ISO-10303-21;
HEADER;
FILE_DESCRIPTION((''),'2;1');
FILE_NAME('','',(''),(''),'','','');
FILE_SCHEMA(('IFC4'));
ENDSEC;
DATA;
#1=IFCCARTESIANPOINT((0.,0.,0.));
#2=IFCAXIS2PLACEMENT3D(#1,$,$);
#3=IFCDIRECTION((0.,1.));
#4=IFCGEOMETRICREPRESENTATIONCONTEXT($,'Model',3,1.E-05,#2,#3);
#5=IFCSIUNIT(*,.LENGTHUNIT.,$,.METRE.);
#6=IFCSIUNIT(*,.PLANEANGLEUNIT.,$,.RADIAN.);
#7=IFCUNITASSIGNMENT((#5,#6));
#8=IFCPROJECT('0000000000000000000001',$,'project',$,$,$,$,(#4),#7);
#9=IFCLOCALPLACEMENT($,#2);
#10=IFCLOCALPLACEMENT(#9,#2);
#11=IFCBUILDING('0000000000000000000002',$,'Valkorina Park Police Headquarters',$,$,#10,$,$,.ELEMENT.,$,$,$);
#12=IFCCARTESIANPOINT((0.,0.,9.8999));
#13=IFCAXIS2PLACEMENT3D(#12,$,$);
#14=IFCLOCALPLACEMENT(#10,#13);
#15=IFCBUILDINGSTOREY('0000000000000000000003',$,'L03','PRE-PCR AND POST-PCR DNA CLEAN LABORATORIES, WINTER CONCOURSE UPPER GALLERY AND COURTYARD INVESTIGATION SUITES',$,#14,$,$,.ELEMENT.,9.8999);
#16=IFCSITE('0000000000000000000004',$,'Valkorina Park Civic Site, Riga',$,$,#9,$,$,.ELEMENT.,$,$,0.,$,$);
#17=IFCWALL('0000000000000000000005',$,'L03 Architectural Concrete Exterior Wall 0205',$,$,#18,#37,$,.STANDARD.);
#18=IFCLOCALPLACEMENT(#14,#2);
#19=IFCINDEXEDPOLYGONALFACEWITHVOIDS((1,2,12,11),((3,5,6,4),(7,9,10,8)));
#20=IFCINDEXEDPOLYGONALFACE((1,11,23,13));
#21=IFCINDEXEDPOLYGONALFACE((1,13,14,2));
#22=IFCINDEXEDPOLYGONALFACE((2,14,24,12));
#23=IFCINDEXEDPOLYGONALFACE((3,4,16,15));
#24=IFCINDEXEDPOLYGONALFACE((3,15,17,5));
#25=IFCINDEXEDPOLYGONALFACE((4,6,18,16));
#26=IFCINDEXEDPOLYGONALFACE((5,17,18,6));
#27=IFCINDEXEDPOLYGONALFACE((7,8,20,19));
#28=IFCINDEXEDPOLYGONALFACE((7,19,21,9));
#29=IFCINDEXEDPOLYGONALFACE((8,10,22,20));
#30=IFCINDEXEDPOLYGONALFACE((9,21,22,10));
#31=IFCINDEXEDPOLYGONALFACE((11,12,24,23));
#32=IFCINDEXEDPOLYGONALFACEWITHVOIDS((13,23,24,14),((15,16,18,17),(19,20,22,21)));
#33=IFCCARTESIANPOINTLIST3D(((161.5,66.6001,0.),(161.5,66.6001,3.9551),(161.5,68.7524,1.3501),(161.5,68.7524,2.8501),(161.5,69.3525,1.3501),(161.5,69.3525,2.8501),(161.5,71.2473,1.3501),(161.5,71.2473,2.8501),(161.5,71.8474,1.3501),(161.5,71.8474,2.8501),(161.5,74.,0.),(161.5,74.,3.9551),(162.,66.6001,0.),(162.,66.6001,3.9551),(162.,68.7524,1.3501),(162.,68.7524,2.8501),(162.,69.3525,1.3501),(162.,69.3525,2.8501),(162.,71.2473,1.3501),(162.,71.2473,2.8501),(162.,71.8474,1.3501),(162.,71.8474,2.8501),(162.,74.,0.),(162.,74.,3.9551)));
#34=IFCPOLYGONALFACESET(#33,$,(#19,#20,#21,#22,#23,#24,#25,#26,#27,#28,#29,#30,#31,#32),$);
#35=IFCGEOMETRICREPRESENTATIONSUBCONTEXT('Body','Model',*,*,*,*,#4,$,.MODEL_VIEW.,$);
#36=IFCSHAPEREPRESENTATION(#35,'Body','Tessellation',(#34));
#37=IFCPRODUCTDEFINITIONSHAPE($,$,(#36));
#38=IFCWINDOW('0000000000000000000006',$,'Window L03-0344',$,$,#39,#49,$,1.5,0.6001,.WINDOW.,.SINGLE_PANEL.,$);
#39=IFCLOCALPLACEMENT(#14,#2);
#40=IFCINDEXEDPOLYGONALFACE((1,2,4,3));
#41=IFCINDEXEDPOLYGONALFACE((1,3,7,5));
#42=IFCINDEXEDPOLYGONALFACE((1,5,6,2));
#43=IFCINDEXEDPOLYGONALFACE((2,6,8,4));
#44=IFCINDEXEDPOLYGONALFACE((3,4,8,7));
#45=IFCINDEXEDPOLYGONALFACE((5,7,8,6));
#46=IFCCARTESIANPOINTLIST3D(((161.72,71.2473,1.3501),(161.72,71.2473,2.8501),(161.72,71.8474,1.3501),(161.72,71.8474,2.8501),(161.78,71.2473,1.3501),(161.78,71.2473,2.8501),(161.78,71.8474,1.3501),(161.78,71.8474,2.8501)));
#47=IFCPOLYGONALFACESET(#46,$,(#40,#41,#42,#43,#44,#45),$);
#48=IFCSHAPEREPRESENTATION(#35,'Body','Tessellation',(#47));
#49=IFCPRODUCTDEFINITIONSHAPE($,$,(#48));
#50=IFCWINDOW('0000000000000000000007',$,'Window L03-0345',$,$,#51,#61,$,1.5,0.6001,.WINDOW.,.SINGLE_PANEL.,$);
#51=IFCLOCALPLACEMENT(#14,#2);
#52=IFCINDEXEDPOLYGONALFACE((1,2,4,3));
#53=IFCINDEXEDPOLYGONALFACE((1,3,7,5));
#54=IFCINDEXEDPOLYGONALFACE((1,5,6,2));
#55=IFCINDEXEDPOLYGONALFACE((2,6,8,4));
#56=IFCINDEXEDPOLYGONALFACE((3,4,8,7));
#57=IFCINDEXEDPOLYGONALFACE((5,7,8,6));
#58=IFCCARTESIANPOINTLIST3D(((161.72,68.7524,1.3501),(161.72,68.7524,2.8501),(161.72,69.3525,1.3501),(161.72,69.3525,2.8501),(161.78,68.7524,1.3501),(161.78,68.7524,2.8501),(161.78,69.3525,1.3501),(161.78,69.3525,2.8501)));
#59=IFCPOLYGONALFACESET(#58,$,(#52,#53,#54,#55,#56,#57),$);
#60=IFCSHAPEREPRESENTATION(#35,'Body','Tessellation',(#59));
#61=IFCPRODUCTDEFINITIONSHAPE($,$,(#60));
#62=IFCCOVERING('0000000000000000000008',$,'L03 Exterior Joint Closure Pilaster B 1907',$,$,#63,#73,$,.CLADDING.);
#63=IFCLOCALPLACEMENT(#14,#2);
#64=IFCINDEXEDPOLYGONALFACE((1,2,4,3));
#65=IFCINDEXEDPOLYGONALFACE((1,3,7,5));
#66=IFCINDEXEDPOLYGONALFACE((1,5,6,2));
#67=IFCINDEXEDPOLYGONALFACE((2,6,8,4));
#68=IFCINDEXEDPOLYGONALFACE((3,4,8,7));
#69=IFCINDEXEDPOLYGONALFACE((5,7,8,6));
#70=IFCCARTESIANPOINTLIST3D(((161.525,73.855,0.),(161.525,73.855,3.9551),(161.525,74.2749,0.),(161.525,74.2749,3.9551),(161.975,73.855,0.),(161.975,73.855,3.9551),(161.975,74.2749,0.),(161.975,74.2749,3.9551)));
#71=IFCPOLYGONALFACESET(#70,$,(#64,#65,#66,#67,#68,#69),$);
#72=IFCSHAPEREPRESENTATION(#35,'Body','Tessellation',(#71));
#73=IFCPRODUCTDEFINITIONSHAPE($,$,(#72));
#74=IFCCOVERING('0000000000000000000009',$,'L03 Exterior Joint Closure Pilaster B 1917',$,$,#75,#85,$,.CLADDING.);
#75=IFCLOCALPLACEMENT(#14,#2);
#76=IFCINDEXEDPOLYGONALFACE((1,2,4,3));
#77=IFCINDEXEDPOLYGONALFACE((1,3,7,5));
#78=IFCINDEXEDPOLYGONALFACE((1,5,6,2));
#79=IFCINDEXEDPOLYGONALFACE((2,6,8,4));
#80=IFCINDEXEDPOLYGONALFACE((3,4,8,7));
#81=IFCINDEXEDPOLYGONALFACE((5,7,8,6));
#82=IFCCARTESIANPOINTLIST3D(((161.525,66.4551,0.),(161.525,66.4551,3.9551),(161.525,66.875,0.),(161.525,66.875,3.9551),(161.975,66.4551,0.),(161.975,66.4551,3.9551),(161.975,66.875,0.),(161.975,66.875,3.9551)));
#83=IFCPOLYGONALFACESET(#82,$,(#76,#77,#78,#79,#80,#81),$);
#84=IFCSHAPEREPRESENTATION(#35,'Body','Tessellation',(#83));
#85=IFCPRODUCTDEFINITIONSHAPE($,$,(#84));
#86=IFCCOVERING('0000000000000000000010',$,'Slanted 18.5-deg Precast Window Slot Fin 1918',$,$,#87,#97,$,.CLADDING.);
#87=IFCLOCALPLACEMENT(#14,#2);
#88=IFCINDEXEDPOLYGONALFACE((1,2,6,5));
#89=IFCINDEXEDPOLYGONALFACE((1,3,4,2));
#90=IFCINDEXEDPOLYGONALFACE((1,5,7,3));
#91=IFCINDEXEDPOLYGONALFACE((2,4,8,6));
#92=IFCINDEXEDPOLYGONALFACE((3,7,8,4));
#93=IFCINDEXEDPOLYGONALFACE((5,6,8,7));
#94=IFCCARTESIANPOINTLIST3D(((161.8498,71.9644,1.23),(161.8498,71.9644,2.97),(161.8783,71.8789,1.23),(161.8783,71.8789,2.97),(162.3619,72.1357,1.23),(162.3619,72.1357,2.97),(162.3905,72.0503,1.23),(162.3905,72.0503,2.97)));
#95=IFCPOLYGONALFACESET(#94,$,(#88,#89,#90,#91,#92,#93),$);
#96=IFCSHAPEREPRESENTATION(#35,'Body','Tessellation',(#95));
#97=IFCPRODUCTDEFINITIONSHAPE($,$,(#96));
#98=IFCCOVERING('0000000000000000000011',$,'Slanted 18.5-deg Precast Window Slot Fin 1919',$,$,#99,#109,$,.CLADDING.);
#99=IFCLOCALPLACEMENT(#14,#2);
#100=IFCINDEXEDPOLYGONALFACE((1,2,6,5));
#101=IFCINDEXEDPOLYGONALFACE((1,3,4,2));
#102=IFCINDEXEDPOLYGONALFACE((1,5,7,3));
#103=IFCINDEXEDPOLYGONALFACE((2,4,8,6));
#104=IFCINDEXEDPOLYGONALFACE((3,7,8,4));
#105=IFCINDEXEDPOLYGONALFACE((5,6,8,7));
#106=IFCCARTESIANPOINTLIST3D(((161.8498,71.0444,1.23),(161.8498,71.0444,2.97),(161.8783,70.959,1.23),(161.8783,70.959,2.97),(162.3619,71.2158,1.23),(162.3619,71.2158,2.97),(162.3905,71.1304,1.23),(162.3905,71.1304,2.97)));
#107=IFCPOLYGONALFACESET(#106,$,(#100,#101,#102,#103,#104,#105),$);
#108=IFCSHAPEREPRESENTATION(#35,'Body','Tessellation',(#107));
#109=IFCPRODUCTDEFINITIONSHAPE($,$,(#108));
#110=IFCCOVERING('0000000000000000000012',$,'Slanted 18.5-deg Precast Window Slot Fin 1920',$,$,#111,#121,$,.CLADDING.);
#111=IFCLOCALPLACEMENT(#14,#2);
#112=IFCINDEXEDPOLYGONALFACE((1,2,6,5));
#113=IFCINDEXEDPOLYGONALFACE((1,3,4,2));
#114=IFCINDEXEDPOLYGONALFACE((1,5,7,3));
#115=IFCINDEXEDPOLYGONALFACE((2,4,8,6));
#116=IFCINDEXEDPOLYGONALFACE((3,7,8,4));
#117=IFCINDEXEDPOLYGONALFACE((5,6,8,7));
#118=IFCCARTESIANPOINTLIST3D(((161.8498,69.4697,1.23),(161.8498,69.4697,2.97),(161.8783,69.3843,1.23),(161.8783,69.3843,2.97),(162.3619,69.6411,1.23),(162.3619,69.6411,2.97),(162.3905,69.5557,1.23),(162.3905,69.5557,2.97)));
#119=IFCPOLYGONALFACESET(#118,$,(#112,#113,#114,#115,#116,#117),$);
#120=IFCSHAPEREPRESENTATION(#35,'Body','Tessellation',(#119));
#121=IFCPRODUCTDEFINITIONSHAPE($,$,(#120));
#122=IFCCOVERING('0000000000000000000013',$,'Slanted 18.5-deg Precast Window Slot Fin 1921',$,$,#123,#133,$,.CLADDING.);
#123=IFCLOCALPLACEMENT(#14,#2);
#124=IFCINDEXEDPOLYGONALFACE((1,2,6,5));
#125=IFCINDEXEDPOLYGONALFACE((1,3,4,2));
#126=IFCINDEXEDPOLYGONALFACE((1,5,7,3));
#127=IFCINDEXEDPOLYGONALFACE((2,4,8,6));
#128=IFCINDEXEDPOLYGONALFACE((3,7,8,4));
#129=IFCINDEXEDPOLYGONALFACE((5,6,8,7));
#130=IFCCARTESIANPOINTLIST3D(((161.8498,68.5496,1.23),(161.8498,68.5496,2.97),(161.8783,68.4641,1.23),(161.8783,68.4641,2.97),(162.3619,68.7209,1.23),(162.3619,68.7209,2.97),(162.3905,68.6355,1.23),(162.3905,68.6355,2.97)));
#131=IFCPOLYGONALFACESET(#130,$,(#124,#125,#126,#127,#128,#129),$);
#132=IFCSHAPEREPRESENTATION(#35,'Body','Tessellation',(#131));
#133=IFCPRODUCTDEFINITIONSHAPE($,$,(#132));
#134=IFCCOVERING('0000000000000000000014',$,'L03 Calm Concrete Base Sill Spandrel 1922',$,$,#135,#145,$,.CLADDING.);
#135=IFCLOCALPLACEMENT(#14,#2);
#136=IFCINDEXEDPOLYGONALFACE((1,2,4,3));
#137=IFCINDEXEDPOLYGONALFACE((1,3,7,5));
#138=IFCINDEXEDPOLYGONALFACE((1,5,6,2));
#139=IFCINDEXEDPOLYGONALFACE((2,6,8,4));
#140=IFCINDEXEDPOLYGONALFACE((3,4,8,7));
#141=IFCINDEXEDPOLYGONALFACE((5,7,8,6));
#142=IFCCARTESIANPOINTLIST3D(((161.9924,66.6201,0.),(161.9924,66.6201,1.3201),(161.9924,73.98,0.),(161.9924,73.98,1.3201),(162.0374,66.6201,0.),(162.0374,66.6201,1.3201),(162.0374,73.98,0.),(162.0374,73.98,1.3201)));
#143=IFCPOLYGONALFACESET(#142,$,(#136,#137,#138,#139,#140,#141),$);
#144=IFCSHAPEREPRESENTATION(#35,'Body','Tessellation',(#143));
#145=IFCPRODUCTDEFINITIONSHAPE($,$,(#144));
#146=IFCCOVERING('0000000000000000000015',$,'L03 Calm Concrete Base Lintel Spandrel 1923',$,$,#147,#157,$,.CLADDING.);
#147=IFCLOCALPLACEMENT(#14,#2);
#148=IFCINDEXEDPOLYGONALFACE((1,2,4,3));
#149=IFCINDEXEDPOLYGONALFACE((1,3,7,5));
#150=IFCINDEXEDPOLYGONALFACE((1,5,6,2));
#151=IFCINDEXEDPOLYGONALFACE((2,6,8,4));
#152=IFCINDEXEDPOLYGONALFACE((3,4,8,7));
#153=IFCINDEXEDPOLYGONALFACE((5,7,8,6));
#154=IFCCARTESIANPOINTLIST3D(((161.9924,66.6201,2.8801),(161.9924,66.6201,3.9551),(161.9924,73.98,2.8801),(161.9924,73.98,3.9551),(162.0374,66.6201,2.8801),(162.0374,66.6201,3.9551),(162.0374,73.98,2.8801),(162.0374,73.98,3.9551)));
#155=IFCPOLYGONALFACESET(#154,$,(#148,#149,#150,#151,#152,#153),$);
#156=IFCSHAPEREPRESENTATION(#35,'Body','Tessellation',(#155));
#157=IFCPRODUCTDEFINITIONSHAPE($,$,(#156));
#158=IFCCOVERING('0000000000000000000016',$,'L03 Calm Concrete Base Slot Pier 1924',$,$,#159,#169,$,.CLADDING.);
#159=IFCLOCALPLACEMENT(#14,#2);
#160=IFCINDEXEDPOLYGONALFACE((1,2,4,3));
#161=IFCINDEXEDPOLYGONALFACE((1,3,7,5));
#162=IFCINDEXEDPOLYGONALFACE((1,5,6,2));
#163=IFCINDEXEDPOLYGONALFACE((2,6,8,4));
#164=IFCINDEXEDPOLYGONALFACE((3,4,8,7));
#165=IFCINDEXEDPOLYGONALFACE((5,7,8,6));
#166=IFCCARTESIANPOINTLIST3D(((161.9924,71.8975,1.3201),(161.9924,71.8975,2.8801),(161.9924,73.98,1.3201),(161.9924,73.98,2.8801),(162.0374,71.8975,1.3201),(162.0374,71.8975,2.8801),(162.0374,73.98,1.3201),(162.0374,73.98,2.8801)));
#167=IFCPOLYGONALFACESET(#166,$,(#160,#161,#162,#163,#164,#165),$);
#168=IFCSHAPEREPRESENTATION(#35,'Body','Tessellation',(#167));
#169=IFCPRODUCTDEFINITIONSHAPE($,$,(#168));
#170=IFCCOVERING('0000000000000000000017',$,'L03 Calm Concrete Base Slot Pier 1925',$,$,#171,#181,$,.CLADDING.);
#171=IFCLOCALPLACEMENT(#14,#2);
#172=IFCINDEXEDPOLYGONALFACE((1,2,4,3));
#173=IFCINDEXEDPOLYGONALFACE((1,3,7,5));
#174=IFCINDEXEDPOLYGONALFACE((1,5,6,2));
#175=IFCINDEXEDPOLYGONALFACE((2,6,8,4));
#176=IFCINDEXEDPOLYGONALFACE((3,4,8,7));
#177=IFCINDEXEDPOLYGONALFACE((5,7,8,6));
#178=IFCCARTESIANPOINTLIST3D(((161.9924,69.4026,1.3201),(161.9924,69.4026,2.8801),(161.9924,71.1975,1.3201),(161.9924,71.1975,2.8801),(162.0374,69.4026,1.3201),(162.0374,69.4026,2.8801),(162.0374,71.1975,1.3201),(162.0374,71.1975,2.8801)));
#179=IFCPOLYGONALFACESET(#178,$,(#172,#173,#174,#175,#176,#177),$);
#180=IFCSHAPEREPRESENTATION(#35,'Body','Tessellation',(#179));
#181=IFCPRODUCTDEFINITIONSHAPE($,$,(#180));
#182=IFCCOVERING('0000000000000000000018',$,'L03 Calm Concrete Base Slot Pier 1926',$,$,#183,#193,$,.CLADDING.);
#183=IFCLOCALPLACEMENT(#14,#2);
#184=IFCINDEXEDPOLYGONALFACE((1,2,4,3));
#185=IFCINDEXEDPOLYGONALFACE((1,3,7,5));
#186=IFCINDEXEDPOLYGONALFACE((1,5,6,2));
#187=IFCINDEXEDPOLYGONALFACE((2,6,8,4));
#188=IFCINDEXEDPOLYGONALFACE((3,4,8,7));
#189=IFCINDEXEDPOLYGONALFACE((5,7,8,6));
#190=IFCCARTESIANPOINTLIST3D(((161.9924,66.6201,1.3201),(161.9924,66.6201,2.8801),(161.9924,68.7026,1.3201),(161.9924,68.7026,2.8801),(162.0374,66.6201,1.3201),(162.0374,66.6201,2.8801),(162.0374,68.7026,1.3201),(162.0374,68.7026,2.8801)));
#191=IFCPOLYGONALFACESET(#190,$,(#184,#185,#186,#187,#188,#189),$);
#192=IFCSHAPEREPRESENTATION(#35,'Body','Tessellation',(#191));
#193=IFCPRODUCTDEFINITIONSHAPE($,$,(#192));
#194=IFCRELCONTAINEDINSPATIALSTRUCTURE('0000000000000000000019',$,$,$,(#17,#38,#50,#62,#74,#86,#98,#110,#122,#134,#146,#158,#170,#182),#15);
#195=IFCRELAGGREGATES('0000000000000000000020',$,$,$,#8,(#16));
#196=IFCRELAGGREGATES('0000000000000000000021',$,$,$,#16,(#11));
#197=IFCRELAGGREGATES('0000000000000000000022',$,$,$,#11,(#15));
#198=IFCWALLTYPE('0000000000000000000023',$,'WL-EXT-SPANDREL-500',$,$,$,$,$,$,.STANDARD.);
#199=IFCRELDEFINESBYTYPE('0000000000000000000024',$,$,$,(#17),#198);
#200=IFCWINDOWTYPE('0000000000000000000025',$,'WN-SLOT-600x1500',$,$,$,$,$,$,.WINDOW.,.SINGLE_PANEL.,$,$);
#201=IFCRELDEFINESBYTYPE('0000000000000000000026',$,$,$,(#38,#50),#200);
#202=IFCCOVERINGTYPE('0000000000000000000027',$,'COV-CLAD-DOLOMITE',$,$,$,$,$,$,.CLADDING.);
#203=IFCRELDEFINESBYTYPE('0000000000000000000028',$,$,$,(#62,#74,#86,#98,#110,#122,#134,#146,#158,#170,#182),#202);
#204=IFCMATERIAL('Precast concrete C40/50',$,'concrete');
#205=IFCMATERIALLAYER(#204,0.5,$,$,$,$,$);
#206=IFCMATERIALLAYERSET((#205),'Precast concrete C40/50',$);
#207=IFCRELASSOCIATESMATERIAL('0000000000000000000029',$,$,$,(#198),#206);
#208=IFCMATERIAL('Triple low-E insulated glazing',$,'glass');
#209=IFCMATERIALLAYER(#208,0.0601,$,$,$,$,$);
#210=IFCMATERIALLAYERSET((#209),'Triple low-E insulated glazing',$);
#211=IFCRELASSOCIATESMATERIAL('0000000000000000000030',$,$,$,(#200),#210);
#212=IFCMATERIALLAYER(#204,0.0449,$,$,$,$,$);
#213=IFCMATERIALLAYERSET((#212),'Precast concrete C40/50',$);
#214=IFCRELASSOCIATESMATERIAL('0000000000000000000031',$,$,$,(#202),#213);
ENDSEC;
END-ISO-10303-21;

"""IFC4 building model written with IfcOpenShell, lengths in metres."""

from ifc_helpers import new_model, si_unit, direction, frame, frame_2d, origin, origin_2d, place, context, subcontext, project, spatial, rectangle, extrude, material, layer, layer_set, type_object, element, fill, save


model = new_model("IFC4")

# Units and contexts
model_context = context("Model", 3, precision=1e-05, world=origin(), true_north=direction((0.0, 1.0)))
body_context = subcontext(model_context, "Body", "Model", "MODEL_VIEW")
ifc_project = project(units=[si_unit("LENGTHUNIT", "METRE"), si_unit("PLANEANGLEUNIT", "RADIAN")], contexts=[model_context])

# Site, building, storey
site_placement = place(None, origin())
site = spatial("IfcSite", under=ifc_project, at=site_placement, Name="Valkorina Park Civic Site, Riga", CompositionType="ELEMENT", RefElevation=0.0)
building_placement = place(site_placement, origin())
building = spatial("IfcBuilding", under=site, at=building_placement, Name="Valkorina Park Police Headquarters", CompositionType="ELEMENT")
storey_placement = place(building_placement, frame((0.0, 0.0, 9.8999)))
storey = spatial("IfcBuildingStorey", under=building, at=storey_placement, Name="L03", Description="PRE-PCR AND POST-PCR DNA CLEAN LABORATORIES, WINTER CONCOURSE UPPER GALLERY AND COURTYARD INVESTIGATION SUITES", CompositionType="ELEMENT", Elevation=9.8999)

# Wall, openings, windows
ifc_material_1 = material(Name="Precast concrete C40/50", Category="concrete")
ifc_layer_1 = layer(ifc_material_1, 0.5)
ifc_layer_set_1 = layer_set([ifc_layer_1], Name="Precast concrete C40/50")
wall_type = type_object("IfcWallType", Name="WL-EXT-SPANDREL-500", PredefinedType="STANDARD", material=ifc_layer_set_1)
wall_placement = place(storey_placement, frame((161.75, 74.0, 0.0), z_axis=(0.0, 0.0, 1.0), x_axis=(0.0, -1.0, 0.0)))
wall = element("IfcWall", 1, at=wall_placement, inside=storey, type_object=wall_type, Name="L03 Architectural Concrete Exterior Wall 0205", PredefinedType="STANDARD", context=body_context, shape_type="SweptSolid", body=[
    extrude(rectangle(XDim=7.3999, YDim=0.5, at=frame_2d((3.7, 0.0))), origin(), (0.0, 0.0, 1.0), 3.9551),
])
opening_1_placement = place(wall_placement, frame((2.1526, 0.0, 1.3501)))
opening_1 = element("IfcOpeningElement", 2, at=opening_1_placement, cuts=wall, PredefinedType="OPENING", context=body_context, shape_type="SweptSolid", body=[
    extrude(rectangle(XDim=0.6001, YDim=1.5, at=frame_2d((0.3, 0.75))), frame((0.0, 0.26, 0.0), z_axis=(0.0, -1.0, 0.0), x_axis=(1.0, 0.0, 0.0)), (0.0, 0.0, 1.0), 0.52),
])
opening_2_placement = place(wall_placement, frame((4.6475, 0.0, 1.3501)))
opening_2 = element("IfcOpeningElement", 3, at=opening_2_placement, cuts=wall, PredefinedType="OPENING", context=body_context, shape_type="SweptSolid", body=[
    extrude(rectangle(XDim=0.6001, YDim=1.5, at=frame_2d((0.3, 0.75))), frame((0.0, 0.26, 0.0), z_axis=(0.0, -1.0, 0.0), x_axis=(1.0, 0.0, 0.0)), (0.0, 0.0, 1.0), 0.52),
])
ifc_material_2 = material(Name="Triple low-E insulated glazing", Category="glass")
ifc_layer_2 = layer(ifc_material_2, 0.0601)
ifc_layer_set_2 = layer_set([ifc_layer_2], Name="Triple low-E insulated glazing")
window_type = type_object("IfcWindowType", Name="WN-SLOT-600x1500", PartitioningType="SINGLE_PANEL", PredefinedType="WINDOW", material=ifc_layer_set_2)
window_1_placement = place(opening_1_placement, origin())
window_1 = element("IfcWindow", 4, at=window_1_placement, inside=storey, type_object=window_type, Name="Window L03-0344", OverallHeight=1.5, OverallWidth=0.6001, PartitioningType="SINGLE_PANEL", PredefinedType="WINDOW", context=body_context, shape_type="SweptSolid", body=[
    extrude(rectangle(XDim=0.6001, YDim=1.5, at=frame_2d((0.3, 0.75))), frame((0.0, 0.03, 0.0), z_axis=(0.0, -1.0, 0.0), x_axis=(1.0, 0.0, 0.0)), (0.0, 0.0, 1.0), 0.0601),
])
fill(opening_1, window_1)
window_2_placement = place(opening_2_placement, origin())
window_2 = element("IfcWindow", 5, at=window_2_placement, inside=storey, type_object=window_type, Name="Window L03-0345", OverallHeight=1.5, OverallWidth=0.6001, PartitioningType="SINGLE_PANEL", PredefinedType="WINDOW", context=body_context, shape_type="SweptSolid", body=[
    extrude(rectangle(XDim=0.6001, YDim=1.5, at=frame_2d((0.3, 0.75))), frame((0.0, 0.03, 0.0), z_axis=(0.0, -1.0, 0.0), x_axis=(1.0, 0.0, 0.0)), (0.0, 0.0, 1.0), 0.0601),
])
fill(opening_2, window_2)

# Coverings
ifc_layer_3 = layer(ifc_material_1, 0.0449)
ifc_layer_set_3 = layer_set([ifc_layer_3], Name="Precast concrete C40/50")
covering_type = type_object("IfcCoveringType", Name="COV-CLAD-DOLOMITE", PredefinedType="CLADDING", material=ifc_layer_set_3)
for number, where, z_axis, x_axis, name in (
    (6, (161.75, 74.0649, 0.0), (0.0, 0.0, 1.0), (0.0, 1.0, 0.0), "L03 Exterior Joint Closure Pilaster B 1907"),
    (7, (161.75, 66.665, 0.0), (0.0, 0.0, 1.0), (0.0, 1.0, 0.0), "L03 Exterior Joint Closure Pilaster B 1917"),
):
    element("IfcCovering", number, at=place(storey_placement, frame(where, z_axis=z_axis, x_axis=x_axis)), inside=storey, type_object=covering_type, Name=name, PredefinedType="CLADDING", context=body_context, shape_type="SweptSolid", body=[
        extrude(rectangle(XDim=0.4199, YDim=0.45, at=origin_2d()), origin(), (0.0, 0.0, 1.0), 3.9551),
    ])
for number, where, z_axis, x_axis, name in (
    (8, (162.1201, 72.0073, 1.23), (0.0, 0.0, 1.0), (0.948324, 0.317305, 0.0), "Slanted 18.5-deg Precast Window Slot Fin 1918"),
    (9, (162.1201, 71.0874, 1.23), (0.0, 0.0, 1.0), (0.948324, 0.317305, 0.0), "Slanted 18.5-deg Precast Window Slot Fin 1919"),
    (10, (162.1201, 69.5127, 1.23), (0.0, 0.0, 1.0), (0.948324, 0.317305, 0.0), "Slanted 18.5-deg Precast Window Slot Fin 1920"),
    (11, (162.1201, 68.5925, 1.23), (0.0, 0.0, 1.0), (0.948324, 0.317305, 0.0), "Slanted 18.5-deg Precast Window Slot Fin 1921"),
):
    element("IfcCovering", number, at=place(storey_placement, frame(where, z_axis=z_axis, x_axis=x_axis)), inside=storey, type_object=covering_type, Name=name, PredefinedType="CLADDING", context=body_context, shape_type="SweptSolid", body=[
        extrude(rectangle(XDim=0.54, YDim=0.0901, at=origin_2d()), origin(), (0.0, 0.0, 1.0), 1.74),
    ])
covering_1_placement = place(storey_placement, frame((162.0149, 73.98, 0.0), z_axis=(0.0, 0.0, 1.0), x_axis=(0.0, -1.0, 0.0)))
element("IfcCovering", 12, at=covering_1_placement, inside=storey, type_object=covering_type, Name="L03 Calm Concrete Base Sill Spandrel 1922", PredefinedType="CLADDING", context=body_context, shape_type="SweptSolid", body=[
    extrude(rectangle(XDim=7.3599, YDim=0.0449, at=frame_2d((3.6799, 0.0))), origin(), (0.0, 0.0, 1.0), 1.3201),
])
covering_2_placement = place(storey_placement, frame((162.0149, 73.98, 2.8801), z_axis=(0.0, 0.0, 1.0), x_axis=(0.0, -1.0, 0.0)))
element("IfcCovering", 13, at=covering_2_placement, inside=storey, type_object=covering_type, Name="L03 Calm Concrete Base Lintel Spandrel 1923", PredefinedType="CLADDING", context=body_context, shape_type="SweptSolid", body=[
    extrude(rectangle(XDim=7.3599, YDim=0.0449, at=frame_2d((3.6799, 0.0))), origin(), (0.0, 0.0, 1.0), 1.075),
])
covering_3_placement = place(storey_placement, frame((162.0149, 73.98, 1.3201), z_axis=(0.0, 0.0, 1.0), x_axis=(0.0, -1.0, 0.0)))
element("IfcCovering", 14, at=covering_3_placement, inside=storey, type_object=covering_type, Name="L03 Calm Concrete Base Slot Pier 1924", PredefinedType="CLADDING", context=body_context, shape_type="SweptSolid", body=[
    extrude(rectangle(XDim=2.0825, YDim=0.0449, at=frame_2d((1.0413, 0.0))), origin(), (0.0, 0.0, 1.0), 1.5601),
])
covering_4_placement = place(storey_placement, frame((162.0149, 71.1975, 1.3201), z_axis=(0.0, 0.0, 1.0), x_axis=(0.0, -1.0, 0.0)))
element("IfcCovering", 15, at=covering_4_placement, inside=storey, type_object=covering_type, Name="L03 Calm Concrete Base Slot Pier 1925", PredefinedType="CLADDING", context=body_context, shape_type="SweptSolid", body=[
    extrude(rectangle(XDim=1.7949, YDim=0.0449, at=frame_2d((0.8975, 0.0))), origin(), (0.0, 0.0, 1.0), 1.5601),
])
covering_5_placement = place(storey_placement, frame((162.0149, 68.7026, 1.3201), z_axis=(0.0, 0.0, 1.0), x_axis=(0.0, -1.0, 0.0)))
element("IfcCovering", 16, at=covering_5_placement, inside=storey, type_object=covering_type, Name="L03 Calm Concrete Base Slot Pier 1926", PredefinedType="CLADDING", context=body_context, shape_type="SweptSolid", body=[
    extrude(rectangle(XDim=2.0825, YDim=0.0449, at=frame_2d((1.0413, 0.0))), origin(), (0.0, 0.0, 1.0), 1.5601),
])

save(model, "model.ifc")
